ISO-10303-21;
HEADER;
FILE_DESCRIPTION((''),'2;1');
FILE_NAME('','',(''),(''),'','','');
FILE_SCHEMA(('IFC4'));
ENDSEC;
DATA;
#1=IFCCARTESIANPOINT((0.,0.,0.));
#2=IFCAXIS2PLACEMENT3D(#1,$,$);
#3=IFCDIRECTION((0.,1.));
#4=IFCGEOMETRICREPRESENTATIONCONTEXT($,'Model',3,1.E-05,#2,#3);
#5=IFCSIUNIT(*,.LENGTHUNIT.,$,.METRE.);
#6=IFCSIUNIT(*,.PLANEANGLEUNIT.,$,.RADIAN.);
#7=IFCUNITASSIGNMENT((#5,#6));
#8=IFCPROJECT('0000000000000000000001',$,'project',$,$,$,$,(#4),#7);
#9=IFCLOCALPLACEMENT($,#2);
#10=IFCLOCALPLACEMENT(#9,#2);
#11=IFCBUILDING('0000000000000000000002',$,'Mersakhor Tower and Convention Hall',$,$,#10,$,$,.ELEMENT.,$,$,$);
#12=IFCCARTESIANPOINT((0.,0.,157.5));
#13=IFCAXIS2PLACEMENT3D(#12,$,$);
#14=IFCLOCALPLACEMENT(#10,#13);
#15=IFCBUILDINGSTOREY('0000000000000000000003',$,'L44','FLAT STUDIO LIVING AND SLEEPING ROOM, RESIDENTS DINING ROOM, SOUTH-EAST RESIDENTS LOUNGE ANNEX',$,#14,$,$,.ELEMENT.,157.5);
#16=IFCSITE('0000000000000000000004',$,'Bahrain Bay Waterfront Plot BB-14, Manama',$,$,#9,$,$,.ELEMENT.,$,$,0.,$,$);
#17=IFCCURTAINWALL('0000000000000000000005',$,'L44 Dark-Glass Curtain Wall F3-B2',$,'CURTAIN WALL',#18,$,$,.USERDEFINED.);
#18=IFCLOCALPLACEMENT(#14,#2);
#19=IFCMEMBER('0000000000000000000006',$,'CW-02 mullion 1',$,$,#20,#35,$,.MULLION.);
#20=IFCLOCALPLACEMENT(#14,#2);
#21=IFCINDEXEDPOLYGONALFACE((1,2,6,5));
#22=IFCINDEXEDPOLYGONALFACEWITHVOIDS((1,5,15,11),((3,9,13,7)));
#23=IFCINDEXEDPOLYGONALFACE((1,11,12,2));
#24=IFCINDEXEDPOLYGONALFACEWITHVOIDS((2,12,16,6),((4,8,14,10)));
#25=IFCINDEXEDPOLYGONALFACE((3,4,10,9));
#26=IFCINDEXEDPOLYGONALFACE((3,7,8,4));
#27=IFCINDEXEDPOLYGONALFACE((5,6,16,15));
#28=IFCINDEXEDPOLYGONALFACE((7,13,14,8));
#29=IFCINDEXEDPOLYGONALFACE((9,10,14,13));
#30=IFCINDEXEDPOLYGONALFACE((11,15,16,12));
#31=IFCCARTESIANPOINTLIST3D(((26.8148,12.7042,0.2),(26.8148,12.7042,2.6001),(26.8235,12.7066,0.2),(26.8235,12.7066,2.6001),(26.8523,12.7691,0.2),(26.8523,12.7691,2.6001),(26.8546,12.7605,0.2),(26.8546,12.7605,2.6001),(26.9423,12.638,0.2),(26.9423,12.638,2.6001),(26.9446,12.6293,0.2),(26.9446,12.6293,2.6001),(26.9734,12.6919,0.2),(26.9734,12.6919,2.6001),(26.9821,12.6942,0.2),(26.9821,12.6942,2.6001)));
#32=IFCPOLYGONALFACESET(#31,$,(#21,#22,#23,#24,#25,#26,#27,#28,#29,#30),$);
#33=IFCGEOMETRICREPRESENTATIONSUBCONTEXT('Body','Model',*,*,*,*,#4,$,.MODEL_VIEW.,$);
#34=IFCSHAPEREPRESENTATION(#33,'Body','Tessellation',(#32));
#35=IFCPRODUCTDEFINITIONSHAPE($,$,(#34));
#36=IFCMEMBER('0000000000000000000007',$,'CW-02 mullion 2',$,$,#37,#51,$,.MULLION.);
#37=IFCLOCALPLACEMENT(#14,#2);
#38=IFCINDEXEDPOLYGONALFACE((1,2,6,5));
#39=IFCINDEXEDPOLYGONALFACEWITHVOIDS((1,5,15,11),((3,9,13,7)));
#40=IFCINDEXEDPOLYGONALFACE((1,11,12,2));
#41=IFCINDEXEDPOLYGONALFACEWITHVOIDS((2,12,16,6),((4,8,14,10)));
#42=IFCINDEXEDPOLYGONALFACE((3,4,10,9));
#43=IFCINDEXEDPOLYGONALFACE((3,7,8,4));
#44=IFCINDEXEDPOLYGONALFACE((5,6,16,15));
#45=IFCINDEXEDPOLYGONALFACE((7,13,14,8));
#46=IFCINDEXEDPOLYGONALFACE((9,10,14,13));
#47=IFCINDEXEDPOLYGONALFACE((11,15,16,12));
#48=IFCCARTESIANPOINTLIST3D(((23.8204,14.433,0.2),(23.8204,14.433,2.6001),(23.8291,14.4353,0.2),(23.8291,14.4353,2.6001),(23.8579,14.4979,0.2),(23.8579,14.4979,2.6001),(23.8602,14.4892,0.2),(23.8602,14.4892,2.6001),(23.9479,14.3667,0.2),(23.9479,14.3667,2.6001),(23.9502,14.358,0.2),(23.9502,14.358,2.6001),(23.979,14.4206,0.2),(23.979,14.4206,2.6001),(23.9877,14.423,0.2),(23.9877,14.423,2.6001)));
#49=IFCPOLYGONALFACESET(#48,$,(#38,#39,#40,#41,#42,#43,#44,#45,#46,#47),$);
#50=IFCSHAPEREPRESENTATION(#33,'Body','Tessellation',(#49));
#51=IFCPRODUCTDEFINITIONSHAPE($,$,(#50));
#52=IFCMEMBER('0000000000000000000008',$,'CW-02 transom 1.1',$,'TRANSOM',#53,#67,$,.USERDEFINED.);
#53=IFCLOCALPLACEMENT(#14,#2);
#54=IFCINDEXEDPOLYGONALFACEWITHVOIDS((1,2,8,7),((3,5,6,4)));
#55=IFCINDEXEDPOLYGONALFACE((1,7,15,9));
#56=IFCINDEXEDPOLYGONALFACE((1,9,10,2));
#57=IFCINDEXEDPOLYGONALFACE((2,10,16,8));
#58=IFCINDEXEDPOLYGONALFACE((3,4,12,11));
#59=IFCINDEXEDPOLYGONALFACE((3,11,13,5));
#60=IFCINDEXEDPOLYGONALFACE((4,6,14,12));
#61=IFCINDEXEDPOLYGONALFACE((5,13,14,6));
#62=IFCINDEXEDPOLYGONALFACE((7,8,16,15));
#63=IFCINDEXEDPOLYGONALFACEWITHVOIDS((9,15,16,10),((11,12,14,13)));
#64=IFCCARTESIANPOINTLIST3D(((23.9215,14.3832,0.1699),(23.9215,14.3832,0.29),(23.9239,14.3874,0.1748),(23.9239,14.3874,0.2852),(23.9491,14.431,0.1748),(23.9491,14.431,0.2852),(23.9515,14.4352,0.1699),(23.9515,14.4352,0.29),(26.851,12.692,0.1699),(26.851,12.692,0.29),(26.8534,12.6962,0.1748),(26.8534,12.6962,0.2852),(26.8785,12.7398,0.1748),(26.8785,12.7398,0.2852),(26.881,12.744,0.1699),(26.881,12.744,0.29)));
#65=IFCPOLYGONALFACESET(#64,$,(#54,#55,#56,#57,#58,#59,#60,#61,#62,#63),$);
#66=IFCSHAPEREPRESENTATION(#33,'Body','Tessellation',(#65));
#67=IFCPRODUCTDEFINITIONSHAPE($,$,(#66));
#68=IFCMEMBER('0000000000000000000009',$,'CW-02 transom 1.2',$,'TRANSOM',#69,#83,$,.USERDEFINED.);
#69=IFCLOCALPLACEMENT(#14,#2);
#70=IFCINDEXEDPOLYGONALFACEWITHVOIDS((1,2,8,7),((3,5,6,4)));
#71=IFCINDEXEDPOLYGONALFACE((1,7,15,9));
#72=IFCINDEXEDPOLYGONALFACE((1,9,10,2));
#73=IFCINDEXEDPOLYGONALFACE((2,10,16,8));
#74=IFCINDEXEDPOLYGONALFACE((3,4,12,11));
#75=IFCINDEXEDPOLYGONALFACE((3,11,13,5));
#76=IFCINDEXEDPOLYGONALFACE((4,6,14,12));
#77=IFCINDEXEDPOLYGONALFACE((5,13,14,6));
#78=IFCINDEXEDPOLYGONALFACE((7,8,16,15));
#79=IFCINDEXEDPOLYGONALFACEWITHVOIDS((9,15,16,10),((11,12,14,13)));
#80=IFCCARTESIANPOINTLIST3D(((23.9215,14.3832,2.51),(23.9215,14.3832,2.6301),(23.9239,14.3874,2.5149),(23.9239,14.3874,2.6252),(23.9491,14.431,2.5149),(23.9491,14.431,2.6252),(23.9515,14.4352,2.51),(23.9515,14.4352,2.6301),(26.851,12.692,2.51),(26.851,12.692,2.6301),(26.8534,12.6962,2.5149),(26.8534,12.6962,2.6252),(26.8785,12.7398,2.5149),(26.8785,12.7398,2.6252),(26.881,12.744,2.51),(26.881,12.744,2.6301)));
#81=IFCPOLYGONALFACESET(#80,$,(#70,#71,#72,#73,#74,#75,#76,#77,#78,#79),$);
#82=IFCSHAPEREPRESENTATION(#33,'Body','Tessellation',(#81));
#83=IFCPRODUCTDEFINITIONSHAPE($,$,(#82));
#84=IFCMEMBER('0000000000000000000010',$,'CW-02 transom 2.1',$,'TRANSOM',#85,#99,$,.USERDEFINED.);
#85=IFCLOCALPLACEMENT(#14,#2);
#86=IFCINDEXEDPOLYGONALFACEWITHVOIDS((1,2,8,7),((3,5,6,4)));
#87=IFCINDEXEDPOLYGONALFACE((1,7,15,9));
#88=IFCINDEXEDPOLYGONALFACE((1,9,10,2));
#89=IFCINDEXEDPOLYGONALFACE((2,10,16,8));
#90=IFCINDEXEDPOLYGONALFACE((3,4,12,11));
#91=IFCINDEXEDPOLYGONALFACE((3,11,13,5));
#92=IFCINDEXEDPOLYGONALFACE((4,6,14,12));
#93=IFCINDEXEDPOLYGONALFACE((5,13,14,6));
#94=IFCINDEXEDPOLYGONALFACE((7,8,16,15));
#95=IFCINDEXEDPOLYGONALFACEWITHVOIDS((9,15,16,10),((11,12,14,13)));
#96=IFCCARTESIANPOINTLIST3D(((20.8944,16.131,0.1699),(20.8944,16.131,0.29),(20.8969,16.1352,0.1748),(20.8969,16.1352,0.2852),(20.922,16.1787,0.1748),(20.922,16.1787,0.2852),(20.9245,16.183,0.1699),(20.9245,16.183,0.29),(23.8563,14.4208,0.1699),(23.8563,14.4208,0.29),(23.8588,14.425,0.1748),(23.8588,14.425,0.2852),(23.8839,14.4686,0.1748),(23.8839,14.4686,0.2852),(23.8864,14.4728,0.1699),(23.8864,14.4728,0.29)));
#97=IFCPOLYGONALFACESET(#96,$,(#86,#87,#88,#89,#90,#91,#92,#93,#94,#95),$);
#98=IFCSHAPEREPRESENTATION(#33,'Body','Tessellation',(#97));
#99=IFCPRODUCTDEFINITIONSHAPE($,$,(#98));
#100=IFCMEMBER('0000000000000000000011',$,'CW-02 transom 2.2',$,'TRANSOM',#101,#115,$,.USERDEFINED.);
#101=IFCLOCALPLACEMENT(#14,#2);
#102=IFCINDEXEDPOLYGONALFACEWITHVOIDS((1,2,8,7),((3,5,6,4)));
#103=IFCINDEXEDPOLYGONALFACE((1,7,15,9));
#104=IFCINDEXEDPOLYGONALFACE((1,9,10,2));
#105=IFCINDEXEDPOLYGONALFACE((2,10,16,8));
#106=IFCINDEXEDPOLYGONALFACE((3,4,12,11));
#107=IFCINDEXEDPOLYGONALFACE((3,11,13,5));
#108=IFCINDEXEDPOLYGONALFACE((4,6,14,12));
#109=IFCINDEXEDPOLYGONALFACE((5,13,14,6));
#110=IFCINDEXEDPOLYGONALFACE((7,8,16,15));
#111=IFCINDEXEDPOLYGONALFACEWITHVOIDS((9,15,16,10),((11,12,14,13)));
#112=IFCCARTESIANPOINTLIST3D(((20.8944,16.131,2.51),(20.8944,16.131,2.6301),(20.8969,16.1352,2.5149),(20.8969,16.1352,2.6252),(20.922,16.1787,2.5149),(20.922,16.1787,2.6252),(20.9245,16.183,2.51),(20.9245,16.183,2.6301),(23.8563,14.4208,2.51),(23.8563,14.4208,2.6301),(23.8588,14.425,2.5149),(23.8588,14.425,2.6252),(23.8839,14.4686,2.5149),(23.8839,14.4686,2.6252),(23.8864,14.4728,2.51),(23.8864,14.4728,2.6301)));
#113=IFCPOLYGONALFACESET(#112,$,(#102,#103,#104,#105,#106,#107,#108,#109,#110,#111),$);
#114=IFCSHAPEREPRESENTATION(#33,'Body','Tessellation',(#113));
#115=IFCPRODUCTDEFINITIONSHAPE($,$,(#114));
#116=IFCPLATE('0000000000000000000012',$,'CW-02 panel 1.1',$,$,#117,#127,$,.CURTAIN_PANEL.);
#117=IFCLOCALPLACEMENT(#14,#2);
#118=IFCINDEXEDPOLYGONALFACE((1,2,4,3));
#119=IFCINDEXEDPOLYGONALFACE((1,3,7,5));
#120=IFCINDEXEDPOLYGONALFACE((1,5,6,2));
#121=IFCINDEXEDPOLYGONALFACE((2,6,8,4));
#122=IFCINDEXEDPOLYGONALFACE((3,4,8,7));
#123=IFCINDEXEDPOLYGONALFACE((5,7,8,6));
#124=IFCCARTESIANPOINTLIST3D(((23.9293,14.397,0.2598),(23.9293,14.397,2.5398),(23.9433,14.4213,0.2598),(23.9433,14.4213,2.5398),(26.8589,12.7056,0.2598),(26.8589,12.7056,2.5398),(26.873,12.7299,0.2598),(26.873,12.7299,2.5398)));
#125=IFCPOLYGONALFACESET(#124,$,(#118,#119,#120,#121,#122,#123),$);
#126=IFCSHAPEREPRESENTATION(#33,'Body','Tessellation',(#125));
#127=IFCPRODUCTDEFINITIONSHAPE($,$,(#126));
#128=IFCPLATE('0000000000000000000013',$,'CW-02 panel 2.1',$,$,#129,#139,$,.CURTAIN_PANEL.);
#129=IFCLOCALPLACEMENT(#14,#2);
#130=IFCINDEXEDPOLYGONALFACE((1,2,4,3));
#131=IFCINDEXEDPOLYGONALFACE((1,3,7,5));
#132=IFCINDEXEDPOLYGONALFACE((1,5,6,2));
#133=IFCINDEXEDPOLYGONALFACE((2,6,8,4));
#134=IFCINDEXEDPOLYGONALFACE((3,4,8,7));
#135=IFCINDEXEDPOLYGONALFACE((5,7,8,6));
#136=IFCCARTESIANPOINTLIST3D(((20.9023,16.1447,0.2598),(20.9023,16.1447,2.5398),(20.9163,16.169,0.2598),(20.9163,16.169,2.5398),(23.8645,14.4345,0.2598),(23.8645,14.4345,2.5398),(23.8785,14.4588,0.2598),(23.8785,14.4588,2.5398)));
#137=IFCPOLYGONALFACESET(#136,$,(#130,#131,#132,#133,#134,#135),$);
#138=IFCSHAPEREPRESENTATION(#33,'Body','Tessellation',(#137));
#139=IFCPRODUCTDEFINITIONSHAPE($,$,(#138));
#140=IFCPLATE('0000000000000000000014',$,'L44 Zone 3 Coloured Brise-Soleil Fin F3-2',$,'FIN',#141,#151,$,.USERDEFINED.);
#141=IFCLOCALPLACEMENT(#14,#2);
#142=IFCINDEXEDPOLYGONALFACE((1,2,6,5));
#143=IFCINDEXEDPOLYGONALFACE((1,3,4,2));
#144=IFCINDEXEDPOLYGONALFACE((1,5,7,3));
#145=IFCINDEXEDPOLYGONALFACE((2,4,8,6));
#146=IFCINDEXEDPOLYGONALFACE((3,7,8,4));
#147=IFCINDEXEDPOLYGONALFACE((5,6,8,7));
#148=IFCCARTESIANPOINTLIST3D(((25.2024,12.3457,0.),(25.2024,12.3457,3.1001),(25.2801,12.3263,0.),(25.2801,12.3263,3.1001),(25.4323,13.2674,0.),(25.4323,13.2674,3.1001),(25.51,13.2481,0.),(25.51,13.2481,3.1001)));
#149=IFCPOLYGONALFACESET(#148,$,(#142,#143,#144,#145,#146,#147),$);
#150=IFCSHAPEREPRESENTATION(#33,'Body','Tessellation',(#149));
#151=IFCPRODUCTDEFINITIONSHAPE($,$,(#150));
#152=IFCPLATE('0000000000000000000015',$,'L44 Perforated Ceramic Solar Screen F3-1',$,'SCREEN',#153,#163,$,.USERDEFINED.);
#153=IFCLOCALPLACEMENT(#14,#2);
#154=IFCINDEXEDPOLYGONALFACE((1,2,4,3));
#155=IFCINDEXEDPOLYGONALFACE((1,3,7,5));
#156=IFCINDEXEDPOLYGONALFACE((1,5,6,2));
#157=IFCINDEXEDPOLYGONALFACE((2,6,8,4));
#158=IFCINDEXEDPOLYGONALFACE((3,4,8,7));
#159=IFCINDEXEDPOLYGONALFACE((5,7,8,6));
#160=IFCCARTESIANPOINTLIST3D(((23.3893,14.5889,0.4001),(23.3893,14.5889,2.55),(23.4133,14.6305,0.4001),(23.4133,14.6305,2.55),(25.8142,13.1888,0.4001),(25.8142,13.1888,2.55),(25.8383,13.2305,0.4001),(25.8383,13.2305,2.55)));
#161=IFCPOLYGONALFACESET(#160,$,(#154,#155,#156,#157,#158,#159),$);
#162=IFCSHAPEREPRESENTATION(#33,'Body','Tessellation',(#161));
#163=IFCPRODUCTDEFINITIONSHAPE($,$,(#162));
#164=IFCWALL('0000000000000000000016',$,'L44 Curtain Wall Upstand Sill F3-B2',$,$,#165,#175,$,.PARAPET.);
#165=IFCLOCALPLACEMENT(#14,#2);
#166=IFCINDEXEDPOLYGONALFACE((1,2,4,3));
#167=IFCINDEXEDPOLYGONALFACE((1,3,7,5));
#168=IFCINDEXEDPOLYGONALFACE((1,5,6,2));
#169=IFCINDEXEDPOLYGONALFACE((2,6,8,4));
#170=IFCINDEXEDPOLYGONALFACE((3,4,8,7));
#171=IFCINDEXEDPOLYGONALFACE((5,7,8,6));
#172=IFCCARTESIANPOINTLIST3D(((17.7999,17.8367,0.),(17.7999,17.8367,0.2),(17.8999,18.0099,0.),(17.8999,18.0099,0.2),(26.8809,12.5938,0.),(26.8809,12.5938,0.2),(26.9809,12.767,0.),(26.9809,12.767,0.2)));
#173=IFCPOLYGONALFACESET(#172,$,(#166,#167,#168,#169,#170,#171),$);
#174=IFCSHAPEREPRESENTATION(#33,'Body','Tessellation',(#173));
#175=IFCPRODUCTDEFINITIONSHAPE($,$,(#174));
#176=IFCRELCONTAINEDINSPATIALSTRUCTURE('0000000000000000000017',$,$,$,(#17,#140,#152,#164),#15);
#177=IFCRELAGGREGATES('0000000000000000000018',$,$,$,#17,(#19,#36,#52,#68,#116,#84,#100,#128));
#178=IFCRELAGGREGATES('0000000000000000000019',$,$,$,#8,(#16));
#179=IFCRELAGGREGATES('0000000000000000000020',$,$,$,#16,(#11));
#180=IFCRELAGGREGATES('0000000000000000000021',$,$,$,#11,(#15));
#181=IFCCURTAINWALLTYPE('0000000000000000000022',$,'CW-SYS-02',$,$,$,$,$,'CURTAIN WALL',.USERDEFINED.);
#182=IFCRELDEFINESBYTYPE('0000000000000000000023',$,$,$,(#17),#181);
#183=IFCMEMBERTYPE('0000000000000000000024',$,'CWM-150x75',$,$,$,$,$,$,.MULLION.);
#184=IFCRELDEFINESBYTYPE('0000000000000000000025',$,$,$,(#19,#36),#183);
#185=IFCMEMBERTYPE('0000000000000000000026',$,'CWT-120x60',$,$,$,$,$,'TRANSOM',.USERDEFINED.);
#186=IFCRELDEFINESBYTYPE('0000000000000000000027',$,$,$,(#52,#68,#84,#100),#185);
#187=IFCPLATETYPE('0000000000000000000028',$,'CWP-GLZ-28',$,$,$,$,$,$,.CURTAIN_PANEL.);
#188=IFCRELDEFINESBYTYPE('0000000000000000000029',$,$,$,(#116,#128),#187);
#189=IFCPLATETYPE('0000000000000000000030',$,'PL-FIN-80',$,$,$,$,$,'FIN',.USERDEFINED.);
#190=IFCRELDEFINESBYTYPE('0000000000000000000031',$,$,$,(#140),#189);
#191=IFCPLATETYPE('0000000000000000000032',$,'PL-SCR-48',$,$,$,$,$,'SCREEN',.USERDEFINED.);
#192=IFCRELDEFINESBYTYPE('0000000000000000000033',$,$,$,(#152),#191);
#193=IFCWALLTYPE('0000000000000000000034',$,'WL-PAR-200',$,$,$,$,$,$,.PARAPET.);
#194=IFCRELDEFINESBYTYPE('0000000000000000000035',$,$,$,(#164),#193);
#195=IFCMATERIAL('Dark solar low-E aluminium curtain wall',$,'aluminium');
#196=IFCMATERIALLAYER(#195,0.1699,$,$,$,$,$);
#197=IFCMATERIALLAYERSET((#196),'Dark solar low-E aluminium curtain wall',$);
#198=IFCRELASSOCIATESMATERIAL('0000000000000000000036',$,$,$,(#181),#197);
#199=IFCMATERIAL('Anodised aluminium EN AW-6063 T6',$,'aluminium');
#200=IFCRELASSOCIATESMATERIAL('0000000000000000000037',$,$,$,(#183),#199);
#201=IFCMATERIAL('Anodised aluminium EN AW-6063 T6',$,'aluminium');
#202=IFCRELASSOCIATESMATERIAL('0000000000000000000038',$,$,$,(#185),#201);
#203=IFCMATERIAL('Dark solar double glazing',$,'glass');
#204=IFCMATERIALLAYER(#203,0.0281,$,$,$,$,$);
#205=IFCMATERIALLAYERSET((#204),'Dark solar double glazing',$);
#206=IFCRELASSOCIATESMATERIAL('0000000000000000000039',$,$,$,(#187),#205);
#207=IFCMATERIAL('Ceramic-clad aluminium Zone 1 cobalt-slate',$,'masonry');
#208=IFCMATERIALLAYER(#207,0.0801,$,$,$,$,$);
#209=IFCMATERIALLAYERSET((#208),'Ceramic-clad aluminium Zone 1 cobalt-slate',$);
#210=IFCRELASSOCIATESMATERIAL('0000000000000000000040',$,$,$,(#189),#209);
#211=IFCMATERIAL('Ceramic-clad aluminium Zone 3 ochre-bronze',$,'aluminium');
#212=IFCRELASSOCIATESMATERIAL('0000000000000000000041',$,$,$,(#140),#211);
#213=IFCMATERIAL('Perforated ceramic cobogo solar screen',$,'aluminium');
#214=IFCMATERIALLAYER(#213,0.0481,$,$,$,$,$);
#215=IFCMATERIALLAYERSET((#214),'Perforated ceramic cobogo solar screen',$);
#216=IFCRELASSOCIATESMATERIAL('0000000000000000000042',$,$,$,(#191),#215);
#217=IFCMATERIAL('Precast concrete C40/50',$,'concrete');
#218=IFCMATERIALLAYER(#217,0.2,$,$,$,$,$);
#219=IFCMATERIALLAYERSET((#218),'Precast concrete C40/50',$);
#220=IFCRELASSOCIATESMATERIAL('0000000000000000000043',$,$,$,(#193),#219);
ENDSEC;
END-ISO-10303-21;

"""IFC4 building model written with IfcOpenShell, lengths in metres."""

from ifc_helpers import new_model, si_unit, direction, frame, frame_2d, origin, origin_2d, place, context, subcontext, project, spatial, rectangle, hollow_rectangle, extrude, material, layer, layer_set, material_profile, profile_set, type_object, element, aggregate, save


model = new_model("IFC4")

# Units and contexts
model_context = context("Model", 3, precision=1e-05, world=origin(), true_north=direction((0.0, 1.0)))
body_context = subcontext(model_context, "Body", "Model", "MODEL_VIEW")
ifc_project = project(units=[si_unit("LENGTHUNIT", "METRE"), si_unit("PLANEANGLEUNIT", "RADIAN")], contexts=[model_context])

# Site, building, storey
site_placement = place(None, origin())
site = spatial("IfcSite", under=ifc_project, at=site_placement, Name="Bahrain Bay Waterfront Plot BB-14, Manama", CompositionType="ELEMENT", RefElevation=0.0)
building_placement = place(site_placement, origin())
building = spatial("IfcBuilding", under=site, at=building_placement, Name="Mersakhor Tower and Convention Hall", CompositionType="ELEMENT")
storey_placement = place(building_placement, frame((0.0, 0.0, 157.5)))
storey = spatial("IfcBuildingStorey", under=building, at=storey_placement, Name="L44", Description="FLAT STUDIO LIVING AND SLEEPING ROOM, RESIDENTS DINING ROOM, SOUTH-EAST RESIDENTS LOUNGE ANNEX", CompositionType="ELEMENT", Elevation=157.5)

# Curtain wall, members, plates
ifc_material_1 = material(Name="Dark solar low-E aluminium curtain wall", Category="aluminium")
ifc_layer_1 = layer(ifc_material_1, 0.1699)
ifc_layer_set_1 = layer_set([ifc_layer_1], Name="Dark solar low-E aluminium curtain wall")
curtain_wall_type = type_object("IfcCurtainWallType", Name="CW-SYS-02", ElementType="CURTAIN WALL", PredefinedType="USERDEFINED", material=ifc_layer_set_1)
curtain_wall_placement = place(storey_placement, origin())
curtain_wall = element("IfcCurtainWall", 1, at=curtain_wall_placement, inside=storey, type_object=curtain_wall_type, Name="L44 Dark-Glass Curtain Wall F3-B2", ObjectType="CURTAIN WALL", PredefinedType="USERDEFINED")
ifc_material_2 = material(Name="Anodised aluminium EN AW-6063 T6", Category="aluminium")
ifc_material_profile_1 = material_profile(ifc_material_2, hollow_rectangle(XDim=0.075, YDim=0.1499, WallThickness=0.0063, at=origin_2d()), Name="RHS 150x75x6.3")
ifc_profile_set_1 = profile_set([ifc_material_profile_1], Name="Anodised aluminium EN AW-6063 T6")
member_type_1 = type_object("IfcMemberType", Name="CWM-150x75", PredefinedType="MULLION", material=ifc_profile_set_1)
member_1_placement = place(storey_placement, frame((26.8984, 12.6992, 0.2), z_axis=(0.0, 0.0, 1.0), x_axis=(-0.49999, -0.866031, 0.0)))
member_1 = element("IfcMember", 2, at=member_1_placement, type_object=member_type_1, Name="CW-02 mullion 1", PredefinedType="MULLION", context=body_context, shape_type="SweptSolid", body=[
    extrude(hollow_rectangle(XDim=0.075, YDim=0.1499, WallThickness=0.0063, at=origin_2d()), origin(), (0.0, 0.0, 1.0), 2.4001),
])
member_2_placement = place(storey_placement, frame((23.9041, 14.428, 0.2), z_axis=(0.0, 0.0, 1.0), x_axis=(-0.49999, -0.866031, 0.0)))
member_2 = element("IfcMember", 3, at=member_2_placement, type_object=member_type_1, Name="CW-02 mullion 2", PredefinedType="MULLION", context=body_context, shape_type="SweptSolid", body=[
    extrude(hollow_rectangle(XDim=0.075, YDim=0.1499, WallThickness=0.0063, at=origin_2d()), origin(), (0.0, 0.0, 1.0), 2.4001),
])
ifc_material_3 = material(Name="Anodised aluminium EN AW-6063 T6", Category="aluminium")
ifc_material_profile_2 = material_profile(ifc_material_3, hollow_rectangle(XDim=0.0601, YDim=0.1201, WallThickness=0.0049, at=origin_2d()), Name="RHS 120x60x5")
ifc_profile_set_2 = profile_set([ifc_material_profile_2], Name="Anodised aluminium EN AW-6063 T6")
member_type_2 = type_object("IfcMemberType", Name="CWT-120x60", ElementType="TRANSOM", PredefinedType="USERDEFINED", material=ifc_profile_set_2)
member_3_placement = place(storey_placement, frame((26.866, 12.718, 0.23), z_axis=(-0.866045, 0.499966, 0.0), x_axis=(-0.499966, -0.866045, 0.0)))
member_3 = element("IfcMember", 4, at=member_3_placement, type_object=member_type_2, Name="CW-02 transom 1.1", ObjectType="TRANSOM", PredefinedType="USERDEFINED", context=body_context, shape_type="SweptSolid", body=[
    extrude(hollow_rectangle(XDim=0.0601, YDim=0.1201, WallThickness=0.0049, at=origin_2d()), origin(), (0.0, 0.0, 1.0), 3.3826),
])
member_4_placement = place(storey_placement, frame((26.866, 12.718, 2.5701), z_axis=(-0.866045, 0.499966, 0.0), x_axis=(-0.499966, -0.866045, 0.0)))
member_4 = element("IfcMember", 5, at=member_4_placement, type_object=member_type_2, Name="CW-02 transom 1.2", ObjectType="TRANSOM", PredefinedType="USERDEFINED", context=body_context, shape_type="SweptSolid", body=[
    extrude(hollow_rectangle(XDim=0.0601, YDim=0.1201, WallThickness=0.0049, at=origin_2d()), origin(), (0.0, 0.0, 1.0), 3.3826),
])
member_5_placement = place(storey_placement, frame((23.8713, 14.4468, 0.23), z_axis=(-0.866007, 0.500031, 0.0), x_axis=(-0.500031, -0.866007, 0.0)))
member_5 = element("IfcMember", 6, at=member_5_placement, type_object=member_type_2, Name="CW-02 transom 2.1", ObjectType="TRANSOM", PredefinedType="USERDEFINED", context=body_context, shape_type="SweptSolid", body=[
    extrude(hollow_rectangle(XDim=0.0601, YDim=0.1201, WallThickness=0.0049, at=origin_2d()), origin(), (0.0, 0.0, 1.0), 3.4202),
])
member_6_placement = place(storey_placement, frame((23.8713, 14.4468, 2.5701), z_axis=(-0.866007, 0.500031, 0.0), x_axis=(-0.500031, -0.866007, 0.0)))
member_6 = element("IfcMember", 7, at=member_6_placement, type_object=member_type_2, Name="CW-02 transom 2.2", ObjectType="TRANSOM", PredefinedType="USERDEFINED", context=body_context, shape_type="SweptSolid", body=[
    extrude(hollow_rectangle(XDim=0.0601, YDim=0.1201, WallThickness=0.0049, at=origin_2d()), origin(), (0.0, 0.0, 1.0), 3.4202),
])
ifc_material_4 = material(Name="Dark solar double glazing", Category="glass")
ifc_layer_2 = layer(ifc_material_4, 0.0281)
ifc_layer_set_2 = layer_set([ifc_layer_2], Name="Dark solar double glazing")
plate_type_1 = type_object("IfcPlateType", Name="CWP-GLZ-28", PredefinedType="CURTAIN_PANEL", material=ifc_layer_set_2)
plate_1_placement = place(storey_placement, frame((25.4011, 13.5635, 0.2598), z_axis=(0.0, 0.0, 1.0), x_axis=(-0.866031, 0.49999, 0.0)))
plate_1 = element("IfcPlate", 8, at=plate_1_placement, type_object=plate_type_1, Name="CW-02 panel 1.1", PredefinedType="CURTAIN_PANEL", context=body_context, shape_type="SweptSolid", body=[
    extrude(rectangle(XDim=3.3828, YDim=0.0281, at=origin_2d()), origin(), (0.0, 0.0, 1.0), 2.28),
])
plate_2_placement = place(storey_placement, frame((22.3904, 15.3018, 0.2598), z_axis=(0.0, 0.0, 1.0), x_axis=(-0.866031, 0.49999, 0.0)))
plate_2 = element("IfcPlate", 9, at=plate_2_placement, type_object=plate_type_1, Name="CW-02 panel 2.1", PredefinedType="CURTAIN_PANEL", context=body_context, shape_type="SweptSolid", body=[
    extrude(rectangle(XDim=3.4204, YDim=0.0281, at=origin_2d()), origin(), (0.0, 0.0, 1.0), 2.28),
])
aggregate(curtain_wall, [member_1, member_2, member_3, member_4, plate_1, member_5, member_6, plate_2])

# Plates
ifc_material_5 = material(Name="Ceramic-clad aluminium Zone 3 ochre-bronze", Category="aluminium")
ifc_material_6 = material(Name="Ceramic-clad aluminium Zone 1 cobalt-slate", Category="masonry")
ifc_layer_3 = layer(ifc_material_6, 0.0801)
ifc_layer_set_3 = layer_set([ifc_layer_3], Name="Ceramic-clad aluminium Zone 1 cobalt-slate")
plate_type_2 = type_object("IfcPlateType", Name="PL-FIN-80", ElementType="FIN", PredefinedType="USERDEFINED", material=ifc_layer_set_3)
plate_3_placement = place(storey_placement, frame((25.3562, 12.7969, 0.0), z_axis=(0.0, 0.0, 1.0), x_axis=(-0.241922, -0.970296, 0.0)))
element("IfcPlate", 10, at=plate_3_placement, inside=storey, type_object=plate_type_2, material=ifc_material_5, Name="L44 Zone 3 Coloured Brise-Soleil Fin F3-2", ObjectType="FIN", PredefinedType="USERDEFINED", context=body_context, shape_type="SweptSolid", body=[
    extrude(rectangle(XDim=0.95, YDim=0.0801, at=origin_2d()), origin(), (0.0, 0.0, 1.0), 3.1001),
])
ifc_material_7 = material(Name="Perforated ceramic cobogo solar screen", Category="aluminium")
ifc_layer_4 = layer(ifc_material_7, 0.0481)
ifc_layer_set_4 = layer_set([ifc_layer_4], Name="Perforated ceramic cobogo solar screen")
plate_type_3 = type_object("IfcPlateType", Name="PL-SCR-48", ElementType="SCREEN", PredefinedType="USERDEFINED", material=ifc_layer_set_4)
plate_4_placement = place(storey_placement, frame((24.6138, 13.9097, 0.4001), z_axis=(0.0, 0.0, 1.0), x_axis=(-0.866025, 0.5, 0.0)))
element("IfcPlate", 11, at=plate_4_placement, inside=storey, type_object=plate_type_3, Name="L44 Perforated Ceramic Solar Screen F3-1", ObjectType="SCREEN", PredefinedType="USERDEFINED", context=body_context, shape_type="SweptSolid", body=[
    extrude(rectangle(XDim=2.8, YDim=0.0481, at=origin_2d()), origin(), (0.0, 0.0, 1.0), 2.1499),
])

# Wall
ifc_material_8 = material(Name="Precast concrete C40/50", Category="concrete")
ifc_layer_5 = layer(ifc_material_8, 0.2)
ifc_layer_set_5 = layer_set([ifc_layer_5], Name="Precast concrete C40/50")
wall_type_1 = type_object("IfcWallType", Name="WL-PAR-200", PredefinedType="PARAPET", material=ifc_layer_set_5)
wall_1_placement = place(storey_placement, frame((26.9309, 12.6804, 0.0), z_axis=(0.0, 0.0, 1.0), x_axis=(-0.866027, 0.499998, 0.0)))
element("IfcWall", 12, at=wall_1_placement, inside=storey, type_object=wall_type_1, Name="L44 Curtain Wall Upstand Sill F3-B2", PredefinedType="PARAPET", context=body_context, shape_type="SweptSolid", body=[
    extrude(rectangle(XDim=10.4858, YDim=0.2, at=frame_2d((5.2429, 0.0))), origin(), (0.0, 0.0, 1.0), 0.2),
])

save(model, "model.ifc")
